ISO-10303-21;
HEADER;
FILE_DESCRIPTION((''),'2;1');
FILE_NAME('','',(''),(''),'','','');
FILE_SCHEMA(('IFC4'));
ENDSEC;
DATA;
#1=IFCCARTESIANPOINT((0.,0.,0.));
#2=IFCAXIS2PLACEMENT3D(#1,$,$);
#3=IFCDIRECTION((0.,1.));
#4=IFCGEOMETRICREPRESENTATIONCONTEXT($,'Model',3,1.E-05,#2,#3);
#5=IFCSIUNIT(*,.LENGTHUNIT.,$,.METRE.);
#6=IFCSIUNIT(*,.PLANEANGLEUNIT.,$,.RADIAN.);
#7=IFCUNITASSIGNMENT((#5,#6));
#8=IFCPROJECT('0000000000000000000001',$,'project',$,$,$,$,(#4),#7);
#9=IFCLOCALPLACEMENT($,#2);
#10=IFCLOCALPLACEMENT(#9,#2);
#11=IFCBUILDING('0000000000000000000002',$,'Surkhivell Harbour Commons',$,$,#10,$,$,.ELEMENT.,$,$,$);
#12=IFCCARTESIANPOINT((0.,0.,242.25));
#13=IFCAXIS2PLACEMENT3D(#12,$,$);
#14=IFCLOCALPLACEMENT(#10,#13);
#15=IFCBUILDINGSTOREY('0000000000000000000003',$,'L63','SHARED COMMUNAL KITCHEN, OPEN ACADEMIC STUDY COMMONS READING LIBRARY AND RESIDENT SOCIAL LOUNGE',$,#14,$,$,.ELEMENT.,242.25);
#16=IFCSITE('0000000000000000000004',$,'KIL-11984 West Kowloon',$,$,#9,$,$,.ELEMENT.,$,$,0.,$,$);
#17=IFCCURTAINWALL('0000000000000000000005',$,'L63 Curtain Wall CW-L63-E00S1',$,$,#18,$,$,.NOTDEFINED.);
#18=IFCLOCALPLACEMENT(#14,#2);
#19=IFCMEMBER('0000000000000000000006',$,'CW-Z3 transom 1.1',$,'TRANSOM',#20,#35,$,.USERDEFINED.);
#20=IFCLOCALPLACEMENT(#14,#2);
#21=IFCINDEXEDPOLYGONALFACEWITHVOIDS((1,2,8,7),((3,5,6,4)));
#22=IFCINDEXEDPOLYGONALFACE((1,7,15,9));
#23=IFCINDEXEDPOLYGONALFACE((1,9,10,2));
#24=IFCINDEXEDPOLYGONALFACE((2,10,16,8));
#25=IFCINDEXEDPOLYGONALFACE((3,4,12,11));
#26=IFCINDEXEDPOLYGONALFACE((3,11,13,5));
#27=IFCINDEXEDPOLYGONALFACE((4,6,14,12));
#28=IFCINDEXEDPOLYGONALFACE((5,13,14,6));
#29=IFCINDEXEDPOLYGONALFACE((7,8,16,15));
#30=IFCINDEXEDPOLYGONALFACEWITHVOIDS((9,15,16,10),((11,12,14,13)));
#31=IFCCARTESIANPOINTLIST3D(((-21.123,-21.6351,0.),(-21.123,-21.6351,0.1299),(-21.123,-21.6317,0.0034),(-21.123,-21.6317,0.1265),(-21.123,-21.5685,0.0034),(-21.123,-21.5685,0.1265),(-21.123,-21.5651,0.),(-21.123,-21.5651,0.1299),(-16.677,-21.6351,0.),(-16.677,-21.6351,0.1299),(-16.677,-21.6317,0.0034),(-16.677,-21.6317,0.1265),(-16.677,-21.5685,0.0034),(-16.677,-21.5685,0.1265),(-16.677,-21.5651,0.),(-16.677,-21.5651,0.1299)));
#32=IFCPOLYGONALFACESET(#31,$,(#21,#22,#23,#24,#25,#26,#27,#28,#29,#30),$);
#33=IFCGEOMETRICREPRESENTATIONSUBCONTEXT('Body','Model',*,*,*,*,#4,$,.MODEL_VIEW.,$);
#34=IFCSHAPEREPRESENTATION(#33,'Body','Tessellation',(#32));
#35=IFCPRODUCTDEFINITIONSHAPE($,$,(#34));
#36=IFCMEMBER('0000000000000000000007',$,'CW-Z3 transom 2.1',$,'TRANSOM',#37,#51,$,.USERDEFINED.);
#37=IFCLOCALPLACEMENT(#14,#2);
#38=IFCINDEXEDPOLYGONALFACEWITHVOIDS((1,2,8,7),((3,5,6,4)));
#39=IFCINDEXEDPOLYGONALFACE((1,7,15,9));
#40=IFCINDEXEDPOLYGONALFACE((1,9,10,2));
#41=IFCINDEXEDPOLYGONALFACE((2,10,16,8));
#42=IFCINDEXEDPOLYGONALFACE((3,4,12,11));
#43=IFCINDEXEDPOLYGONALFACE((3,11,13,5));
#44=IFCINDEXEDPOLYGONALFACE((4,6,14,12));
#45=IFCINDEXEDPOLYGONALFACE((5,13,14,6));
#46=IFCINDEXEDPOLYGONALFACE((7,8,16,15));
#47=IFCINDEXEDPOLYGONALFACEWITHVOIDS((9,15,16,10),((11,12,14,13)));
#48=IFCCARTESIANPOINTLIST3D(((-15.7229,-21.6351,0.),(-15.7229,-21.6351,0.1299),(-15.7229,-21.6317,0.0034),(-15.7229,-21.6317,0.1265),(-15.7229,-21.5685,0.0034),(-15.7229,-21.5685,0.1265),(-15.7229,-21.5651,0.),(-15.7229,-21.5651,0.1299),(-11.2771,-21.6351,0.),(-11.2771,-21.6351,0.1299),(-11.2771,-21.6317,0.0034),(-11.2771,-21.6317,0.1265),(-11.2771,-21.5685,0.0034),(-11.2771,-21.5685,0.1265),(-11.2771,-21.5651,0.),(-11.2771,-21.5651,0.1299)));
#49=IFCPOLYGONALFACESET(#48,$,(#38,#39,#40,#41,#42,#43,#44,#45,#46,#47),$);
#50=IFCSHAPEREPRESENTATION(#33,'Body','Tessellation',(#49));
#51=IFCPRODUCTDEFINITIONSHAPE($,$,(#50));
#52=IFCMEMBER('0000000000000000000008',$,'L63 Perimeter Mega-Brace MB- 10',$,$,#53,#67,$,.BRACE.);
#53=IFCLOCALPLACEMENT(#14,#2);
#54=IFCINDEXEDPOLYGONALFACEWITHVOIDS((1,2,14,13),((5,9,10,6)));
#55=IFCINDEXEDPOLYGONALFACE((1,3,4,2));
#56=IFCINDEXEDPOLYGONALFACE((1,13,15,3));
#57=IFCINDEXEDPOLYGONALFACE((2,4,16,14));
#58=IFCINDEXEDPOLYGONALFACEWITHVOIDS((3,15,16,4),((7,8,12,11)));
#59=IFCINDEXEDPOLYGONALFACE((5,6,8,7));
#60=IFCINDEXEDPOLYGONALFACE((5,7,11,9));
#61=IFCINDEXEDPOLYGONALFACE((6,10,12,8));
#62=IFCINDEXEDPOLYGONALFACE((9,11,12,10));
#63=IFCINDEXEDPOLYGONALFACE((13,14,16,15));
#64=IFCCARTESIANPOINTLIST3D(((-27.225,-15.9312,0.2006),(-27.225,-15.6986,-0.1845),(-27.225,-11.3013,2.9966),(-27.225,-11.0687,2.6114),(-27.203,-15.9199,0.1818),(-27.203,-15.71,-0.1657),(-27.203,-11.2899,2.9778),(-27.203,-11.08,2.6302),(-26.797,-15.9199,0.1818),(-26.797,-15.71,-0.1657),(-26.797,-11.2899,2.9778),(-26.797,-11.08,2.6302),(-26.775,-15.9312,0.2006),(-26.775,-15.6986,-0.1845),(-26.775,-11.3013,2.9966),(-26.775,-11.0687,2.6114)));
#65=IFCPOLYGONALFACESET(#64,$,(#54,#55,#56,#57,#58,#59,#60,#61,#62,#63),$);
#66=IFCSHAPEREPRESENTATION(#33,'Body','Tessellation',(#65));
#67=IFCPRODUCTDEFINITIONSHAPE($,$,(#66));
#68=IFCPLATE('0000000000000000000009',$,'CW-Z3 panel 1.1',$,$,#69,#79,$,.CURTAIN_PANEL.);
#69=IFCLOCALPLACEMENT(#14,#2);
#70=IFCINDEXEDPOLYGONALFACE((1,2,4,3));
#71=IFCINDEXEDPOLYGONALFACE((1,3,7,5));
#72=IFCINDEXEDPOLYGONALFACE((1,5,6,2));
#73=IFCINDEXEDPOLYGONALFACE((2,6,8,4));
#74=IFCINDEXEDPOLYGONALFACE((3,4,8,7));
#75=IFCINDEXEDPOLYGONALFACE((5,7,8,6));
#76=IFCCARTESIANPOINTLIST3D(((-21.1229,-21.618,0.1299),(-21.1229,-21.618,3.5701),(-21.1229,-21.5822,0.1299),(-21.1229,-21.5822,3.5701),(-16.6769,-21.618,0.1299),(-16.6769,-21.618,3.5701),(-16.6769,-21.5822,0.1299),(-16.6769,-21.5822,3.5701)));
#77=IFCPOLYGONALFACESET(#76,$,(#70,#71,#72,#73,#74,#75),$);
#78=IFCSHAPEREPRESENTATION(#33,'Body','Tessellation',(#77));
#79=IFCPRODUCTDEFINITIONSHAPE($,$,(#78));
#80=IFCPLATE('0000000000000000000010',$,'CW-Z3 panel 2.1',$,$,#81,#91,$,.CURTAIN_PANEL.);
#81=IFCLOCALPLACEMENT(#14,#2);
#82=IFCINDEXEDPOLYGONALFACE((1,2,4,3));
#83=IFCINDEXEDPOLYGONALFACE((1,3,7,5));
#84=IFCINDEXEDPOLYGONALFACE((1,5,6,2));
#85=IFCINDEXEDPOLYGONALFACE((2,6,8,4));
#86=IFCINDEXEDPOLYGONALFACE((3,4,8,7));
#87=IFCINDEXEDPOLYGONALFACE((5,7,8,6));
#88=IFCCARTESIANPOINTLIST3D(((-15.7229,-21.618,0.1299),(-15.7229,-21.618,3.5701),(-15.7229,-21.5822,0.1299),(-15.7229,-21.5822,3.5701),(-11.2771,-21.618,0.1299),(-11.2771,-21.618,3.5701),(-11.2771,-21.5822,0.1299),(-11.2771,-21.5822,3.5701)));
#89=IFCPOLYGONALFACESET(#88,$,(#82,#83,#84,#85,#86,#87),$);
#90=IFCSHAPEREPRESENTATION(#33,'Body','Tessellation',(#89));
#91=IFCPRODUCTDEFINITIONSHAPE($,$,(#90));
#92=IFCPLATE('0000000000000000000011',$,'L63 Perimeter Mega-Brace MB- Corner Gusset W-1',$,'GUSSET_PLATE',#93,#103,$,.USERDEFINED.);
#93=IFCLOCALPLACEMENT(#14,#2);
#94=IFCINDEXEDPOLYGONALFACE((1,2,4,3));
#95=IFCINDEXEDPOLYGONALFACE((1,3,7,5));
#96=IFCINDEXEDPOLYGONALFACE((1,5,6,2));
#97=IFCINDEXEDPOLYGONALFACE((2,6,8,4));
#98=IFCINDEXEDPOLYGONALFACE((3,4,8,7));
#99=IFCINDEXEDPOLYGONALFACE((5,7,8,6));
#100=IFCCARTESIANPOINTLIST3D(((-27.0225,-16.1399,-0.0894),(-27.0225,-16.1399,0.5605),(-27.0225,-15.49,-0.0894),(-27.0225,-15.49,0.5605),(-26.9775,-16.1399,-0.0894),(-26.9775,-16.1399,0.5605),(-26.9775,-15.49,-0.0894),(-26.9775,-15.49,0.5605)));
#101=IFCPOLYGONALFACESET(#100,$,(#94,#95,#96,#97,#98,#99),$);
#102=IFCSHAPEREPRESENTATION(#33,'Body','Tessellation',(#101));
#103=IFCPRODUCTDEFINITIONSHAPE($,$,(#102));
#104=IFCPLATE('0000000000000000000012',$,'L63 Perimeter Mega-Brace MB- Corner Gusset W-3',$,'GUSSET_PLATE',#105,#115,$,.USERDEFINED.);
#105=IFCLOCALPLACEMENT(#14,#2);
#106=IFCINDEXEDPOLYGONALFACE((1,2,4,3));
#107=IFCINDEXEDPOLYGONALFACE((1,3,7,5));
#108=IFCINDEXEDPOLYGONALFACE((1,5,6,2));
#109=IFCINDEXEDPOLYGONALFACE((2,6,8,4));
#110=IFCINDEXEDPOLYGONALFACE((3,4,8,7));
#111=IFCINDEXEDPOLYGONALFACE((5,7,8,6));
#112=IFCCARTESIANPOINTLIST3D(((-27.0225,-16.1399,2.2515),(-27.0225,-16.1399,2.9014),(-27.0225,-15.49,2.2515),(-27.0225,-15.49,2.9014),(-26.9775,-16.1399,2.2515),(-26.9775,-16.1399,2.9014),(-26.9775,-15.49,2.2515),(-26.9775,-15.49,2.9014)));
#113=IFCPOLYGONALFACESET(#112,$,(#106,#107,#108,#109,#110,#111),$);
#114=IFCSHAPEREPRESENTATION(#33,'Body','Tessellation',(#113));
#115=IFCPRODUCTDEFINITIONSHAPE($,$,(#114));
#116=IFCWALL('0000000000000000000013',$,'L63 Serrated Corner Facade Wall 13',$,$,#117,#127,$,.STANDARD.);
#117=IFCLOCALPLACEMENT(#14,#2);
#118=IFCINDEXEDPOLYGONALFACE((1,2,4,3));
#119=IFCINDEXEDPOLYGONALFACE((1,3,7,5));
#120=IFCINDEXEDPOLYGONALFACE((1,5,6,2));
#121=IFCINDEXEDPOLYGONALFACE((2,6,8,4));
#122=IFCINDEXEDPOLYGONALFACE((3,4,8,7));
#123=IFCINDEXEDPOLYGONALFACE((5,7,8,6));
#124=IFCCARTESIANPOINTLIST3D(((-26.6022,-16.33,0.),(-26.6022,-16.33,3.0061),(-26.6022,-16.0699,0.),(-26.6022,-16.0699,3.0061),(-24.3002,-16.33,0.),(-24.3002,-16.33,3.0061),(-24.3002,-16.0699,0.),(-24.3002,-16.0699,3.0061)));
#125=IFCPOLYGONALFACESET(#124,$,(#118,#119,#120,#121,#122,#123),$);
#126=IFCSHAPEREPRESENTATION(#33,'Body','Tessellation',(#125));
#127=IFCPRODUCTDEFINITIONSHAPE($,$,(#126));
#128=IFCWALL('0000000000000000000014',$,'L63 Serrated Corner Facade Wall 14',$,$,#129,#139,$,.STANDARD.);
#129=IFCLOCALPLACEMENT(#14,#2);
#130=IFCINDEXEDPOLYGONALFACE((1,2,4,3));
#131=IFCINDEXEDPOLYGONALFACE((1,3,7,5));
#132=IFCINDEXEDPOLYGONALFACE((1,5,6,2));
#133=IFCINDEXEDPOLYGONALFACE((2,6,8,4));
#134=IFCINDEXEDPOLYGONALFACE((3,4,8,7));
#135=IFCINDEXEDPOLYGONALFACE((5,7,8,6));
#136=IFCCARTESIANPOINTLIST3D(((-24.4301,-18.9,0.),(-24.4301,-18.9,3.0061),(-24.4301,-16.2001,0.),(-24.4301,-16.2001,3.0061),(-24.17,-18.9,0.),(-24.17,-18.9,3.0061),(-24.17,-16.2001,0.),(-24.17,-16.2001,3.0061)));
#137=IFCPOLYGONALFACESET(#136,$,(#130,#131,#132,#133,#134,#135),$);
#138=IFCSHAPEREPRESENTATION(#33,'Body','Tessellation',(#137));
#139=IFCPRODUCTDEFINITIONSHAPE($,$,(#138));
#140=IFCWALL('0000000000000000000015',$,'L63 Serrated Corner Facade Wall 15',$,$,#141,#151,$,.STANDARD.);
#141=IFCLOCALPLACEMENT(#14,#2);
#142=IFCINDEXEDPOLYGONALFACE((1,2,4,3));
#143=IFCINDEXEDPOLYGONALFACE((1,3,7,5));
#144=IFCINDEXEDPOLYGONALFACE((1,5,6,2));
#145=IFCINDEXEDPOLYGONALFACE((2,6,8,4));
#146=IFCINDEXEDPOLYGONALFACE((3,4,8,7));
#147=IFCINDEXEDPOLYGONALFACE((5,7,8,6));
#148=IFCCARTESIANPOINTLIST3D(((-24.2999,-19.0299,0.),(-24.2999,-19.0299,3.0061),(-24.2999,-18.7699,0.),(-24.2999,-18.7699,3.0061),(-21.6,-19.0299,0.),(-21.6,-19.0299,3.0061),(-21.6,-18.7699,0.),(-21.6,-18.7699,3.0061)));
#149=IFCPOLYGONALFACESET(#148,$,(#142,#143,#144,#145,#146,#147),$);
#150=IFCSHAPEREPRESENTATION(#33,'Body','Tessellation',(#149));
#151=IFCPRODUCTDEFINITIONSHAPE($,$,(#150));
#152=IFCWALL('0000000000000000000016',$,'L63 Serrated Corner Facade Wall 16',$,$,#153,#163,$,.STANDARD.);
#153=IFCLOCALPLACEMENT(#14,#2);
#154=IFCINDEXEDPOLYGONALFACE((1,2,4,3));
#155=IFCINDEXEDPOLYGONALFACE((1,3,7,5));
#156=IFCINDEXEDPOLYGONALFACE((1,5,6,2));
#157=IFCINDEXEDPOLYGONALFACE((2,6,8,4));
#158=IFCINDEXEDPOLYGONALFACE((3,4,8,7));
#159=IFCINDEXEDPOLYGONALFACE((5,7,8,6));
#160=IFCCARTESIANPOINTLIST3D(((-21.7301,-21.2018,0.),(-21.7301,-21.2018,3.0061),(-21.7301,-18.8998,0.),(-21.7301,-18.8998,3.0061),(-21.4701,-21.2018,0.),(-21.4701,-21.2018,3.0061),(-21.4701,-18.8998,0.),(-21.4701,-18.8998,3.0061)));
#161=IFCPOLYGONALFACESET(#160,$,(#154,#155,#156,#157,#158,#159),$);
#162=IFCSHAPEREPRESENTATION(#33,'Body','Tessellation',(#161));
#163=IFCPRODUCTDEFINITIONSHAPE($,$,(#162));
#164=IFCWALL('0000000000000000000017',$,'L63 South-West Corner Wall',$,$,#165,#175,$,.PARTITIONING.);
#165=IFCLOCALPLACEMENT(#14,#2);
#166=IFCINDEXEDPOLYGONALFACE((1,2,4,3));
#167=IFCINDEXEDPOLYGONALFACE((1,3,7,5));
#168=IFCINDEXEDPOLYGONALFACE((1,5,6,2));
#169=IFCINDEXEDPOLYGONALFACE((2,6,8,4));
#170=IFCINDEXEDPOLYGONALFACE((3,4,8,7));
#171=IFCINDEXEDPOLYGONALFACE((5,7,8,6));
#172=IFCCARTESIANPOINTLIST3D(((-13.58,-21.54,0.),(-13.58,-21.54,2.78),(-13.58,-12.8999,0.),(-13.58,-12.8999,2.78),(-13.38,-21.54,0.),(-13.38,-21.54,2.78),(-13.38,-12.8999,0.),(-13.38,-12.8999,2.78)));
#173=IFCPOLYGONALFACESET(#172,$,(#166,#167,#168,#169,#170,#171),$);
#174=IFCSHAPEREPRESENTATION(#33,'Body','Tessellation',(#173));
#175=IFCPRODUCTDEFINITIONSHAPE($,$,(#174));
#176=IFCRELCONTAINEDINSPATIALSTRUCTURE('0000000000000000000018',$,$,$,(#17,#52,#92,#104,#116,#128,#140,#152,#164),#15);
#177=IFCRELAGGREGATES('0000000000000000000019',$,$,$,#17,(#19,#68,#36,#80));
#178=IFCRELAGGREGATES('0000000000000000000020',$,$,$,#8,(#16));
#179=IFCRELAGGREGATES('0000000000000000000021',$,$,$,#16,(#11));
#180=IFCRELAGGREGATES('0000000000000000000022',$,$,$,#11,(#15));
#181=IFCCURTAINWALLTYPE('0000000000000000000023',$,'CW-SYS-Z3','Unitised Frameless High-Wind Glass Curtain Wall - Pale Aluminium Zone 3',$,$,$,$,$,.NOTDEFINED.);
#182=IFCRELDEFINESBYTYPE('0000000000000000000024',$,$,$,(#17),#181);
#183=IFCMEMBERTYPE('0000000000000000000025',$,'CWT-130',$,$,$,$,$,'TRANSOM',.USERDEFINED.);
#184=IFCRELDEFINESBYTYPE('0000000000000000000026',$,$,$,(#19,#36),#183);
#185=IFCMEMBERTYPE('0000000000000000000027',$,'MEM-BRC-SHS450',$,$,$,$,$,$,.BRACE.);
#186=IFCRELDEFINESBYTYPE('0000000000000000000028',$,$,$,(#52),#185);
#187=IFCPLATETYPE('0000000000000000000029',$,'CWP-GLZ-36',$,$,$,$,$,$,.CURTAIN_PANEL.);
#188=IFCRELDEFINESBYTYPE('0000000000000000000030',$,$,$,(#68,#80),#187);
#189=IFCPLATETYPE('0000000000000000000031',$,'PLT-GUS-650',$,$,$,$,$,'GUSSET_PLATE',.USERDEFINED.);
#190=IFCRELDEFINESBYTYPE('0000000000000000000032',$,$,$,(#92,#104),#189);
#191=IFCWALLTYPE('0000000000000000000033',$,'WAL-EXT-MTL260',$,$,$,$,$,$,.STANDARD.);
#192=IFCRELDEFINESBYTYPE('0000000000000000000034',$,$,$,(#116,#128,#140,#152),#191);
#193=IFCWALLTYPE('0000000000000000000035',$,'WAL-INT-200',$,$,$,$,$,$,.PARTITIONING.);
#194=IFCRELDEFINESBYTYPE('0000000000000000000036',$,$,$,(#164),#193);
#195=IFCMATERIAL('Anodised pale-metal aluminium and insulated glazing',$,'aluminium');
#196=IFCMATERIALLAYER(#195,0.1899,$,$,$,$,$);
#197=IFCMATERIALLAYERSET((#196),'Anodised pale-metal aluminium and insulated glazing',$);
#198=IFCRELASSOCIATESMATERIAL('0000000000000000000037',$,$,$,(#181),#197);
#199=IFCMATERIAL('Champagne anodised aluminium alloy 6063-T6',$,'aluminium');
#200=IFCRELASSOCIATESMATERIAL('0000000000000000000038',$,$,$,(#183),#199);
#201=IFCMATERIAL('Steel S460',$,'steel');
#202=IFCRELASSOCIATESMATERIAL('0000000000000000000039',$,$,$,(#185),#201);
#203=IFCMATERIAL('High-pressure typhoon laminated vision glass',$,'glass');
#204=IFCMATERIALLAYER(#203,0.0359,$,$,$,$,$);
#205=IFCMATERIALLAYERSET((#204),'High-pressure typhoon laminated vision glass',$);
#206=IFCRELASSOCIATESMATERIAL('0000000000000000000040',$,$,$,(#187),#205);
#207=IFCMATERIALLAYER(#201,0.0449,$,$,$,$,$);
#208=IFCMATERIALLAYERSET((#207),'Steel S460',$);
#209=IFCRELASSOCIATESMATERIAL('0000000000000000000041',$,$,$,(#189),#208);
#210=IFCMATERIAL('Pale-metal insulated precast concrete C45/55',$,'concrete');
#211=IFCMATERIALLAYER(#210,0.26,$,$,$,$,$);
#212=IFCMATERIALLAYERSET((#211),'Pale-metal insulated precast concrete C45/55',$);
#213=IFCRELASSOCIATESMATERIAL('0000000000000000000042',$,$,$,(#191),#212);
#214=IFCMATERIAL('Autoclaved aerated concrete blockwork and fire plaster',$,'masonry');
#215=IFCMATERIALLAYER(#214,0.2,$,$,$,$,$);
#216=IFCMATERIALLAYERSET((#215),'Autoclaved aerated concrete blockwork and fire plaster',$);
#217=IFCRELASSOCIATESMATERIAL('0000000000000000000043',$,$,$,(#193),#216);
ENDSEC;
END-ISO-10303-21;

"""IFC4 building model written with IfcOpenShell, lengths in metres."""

from ifc_helpers import new_model, si_unit, direction, frame, frame_2d, origin, origin_2d, place, context, subcontext, project, spatial, rectangle, hollow_rectangle, extrude, material, layer, layer_set, material_profile, profile_set, type_object, element, aggregate, save


model = new_model("IFC4")

# Units and contexts
model_context = context("Model", 3, precision=1e-05, world=origin(), true_north=direction((0.0, 1.0)))
body_context = subcontext(model_context, "Body", "Model", "MODEL_VIEW")
ifc_project = project(units=[si_unit("LENGTHUNIT", "METRE"), si_unit("PLANEANGLEUNIT", "RADIAN")], contexts=[model_context])

# Site, building, storey
site_placement = place(None, origin())
site = spatial("IfcSite", under=ifc_project, at=site_placement, Name="KIL-11984 West Kowloon", CompositionType="ELEMENT", RefElevation=0.0)
building_placement = place(site_placement, origin())
building = spatial("IfcBuilding", under=site, at=building_placement, Name="Surkhivell Harbour Commons", CompositionType="ELEMENT")
storey_placement = place(building_placement, frame((0.0, 0.0, 242.25)))
storey = spatial("IfcBuildingStorey", under=building, at=storey_placement, Name="L63", Description="SHARED COMMUNAL KITCHEN, OPEN ACADEMIC STUDY COMMONS READING LIBRARY AND RESIDENT SOCIAL LOUNGE", CompositionType="ELEMENT", Elevation=242.25)

# Curtain wall, members
ifc_material_1 = material(Name="Anodised pale-metal aluminium and insulated glazing", Category="aluminium")
ifc_layer_1 = layer(ifc_material_1, 0.1899)
ifc_layer_set_1 = layer_set([ifc_layer_1], Name="Anodised pale-metal aluminium and insulated glazing")
curtain_wall_type = type_object("IfcCurtainWallType", Name="CW-SYS-Z3", Description="Unitised Frameless High-Wind Glass Curtain Wall - Pale Aluminium Zone 3", PredefinedType="NOTDEFINED", material=ifc_layer_set_1)
curtain_wall_placement = place(storey_placement, origin())
curtain_wall = element("IfcCurtainWall", 1, at=curtain_wall_placement, inside=storey, type_object=curtain_wall_type, Name="L63 Curtain Wall CW-L63-E00S1", PredefinedType="NOTDEFINED")
ifc_material_2 = material(Name="Champagne anodised aluminium alloy 6063-T6", Category="aluminium")
ifc_material_profile_1 = material_profile(ifc_material_2, hollow_rectangle(XDim=0.0701, YDim=0.1299, WallThickness=0.0034, at=origin_2d()), Name="ALU-TRAN-70x130")
ifc_profile_set_1 = profile_set([ifc_material_profile_1], Name="Champagne anodised aluminium alloy 6063-T6")
member_type_1 = type_object("IfcMemberType", Name="CWT-130", ElementType="TRANSOM", PredefinedType="USERDEFINED", material=ifc_profile_set_1)
member_1_placement = place(storey_placement, frame((-21.123, -21.6001, 0.0649), z_axis=(1.0, 0.0, 0.0), x_axis=(0.0, 1.0, 0.0)))
member_1 = element("IfcMember", 2, at=member_1_placement, type_object=member_type_1, Name="CW-Z3 transom 1.1", ObjectType="TRANSOM", PredefinedType="USERDEFINED", context=body_context, shape_type="SweptSolid", body=[
    extrude(hollow_rectangle(XDim=0.0701, YDim=0.1299, WallThickness=0.0034, at=origin_2d()), origin(), (0.0, 0.0, 1.0), 4.446),
])
member_2_placement = place(storey_placement, frame((-15.7229, -21.6001, 0.0649), z_axis=(1.0, 0.0, 0.0), x_axis=(0.0, 1.0, 0.0)))
member_2 = element("IfcMember", 3, at=member_2_placement, type_object=member_type_1, Name="CW-Z3 transom 2.1", ObjectType="TRANSOM", PredefinedType="USERDEFINED", context=body_context, shape_type="SweptSolid", body=[
    extrude(hollow_rectangle(XDim=0.0701, YDim=0.1299, WallThickness=0.0034, at=origin_2d()), origin(), (0.0, 0.0, 1.0), 4.4458),
])

# Member
ifc_material_3 = material(Name="Steel S460", Category="steel")
ifc_material_profile_2 = material_profile(ifc_material_3, hollow_rectangle(XDim=0.45, YDim=0.45, WallThickness=0.022, at=origin_2d()), Name="SHS450x450x22")
ifc_profile_set_2 = profile_set([ifc_material_profile_2], Name="Steel S460")
member_type_2 = type_object("IfcMemberType", Name="MEM-BRC-SHS450", PredefinedType="BRACE", material=ifc_profile_set_2)
member_3_placement = place(storey_placement, frame((-27.0, -15.8149, 0.0081), z_axis=(0.0, 0.856024, 0.516937), x_axis=(-1.0, 0.0, 0.0)))
element("IfcMember", 4, at=member_3_placement, inside=storey, type_object=member_type_2, Name="L63 Perimeter Mega-Brace MB- 10", PredefinedType="BRACE", context=body_context, shape_type="SweptSolid", body=[
    extrude(hollow_rectangle(XDim=0.45, YDim=0.45, WallThickness=0.022, at=origin_2d()), origin(), (0.0, 0.0, 1.0), 5.4087),
])

# Plates
ifc_material_4 = material(Name="High-pressure typhoon laminated vision glass", Category="glass")
ifc_layer_2 = layer(ifc_material_4, 0.0359)
ifc_layer_set_2 = layer_set([ifc_layer_2], Name="High-pressure typhoon laminated vision glass")
plate_type_1 = type_object("IfcPlateType", Name="CWP-GLZ-36", PredefinedType="CURTAIN_PANEL", material=ifc_layer_set_2)
plate_1_placement = place(storey_placement, frame((-21.123, -21.6001, 0.1299), z_axis=(0.0, 0.0, 1.0), x_axis=(1.0, 0.0, 0.0)))
plate_1 = element("IfcPlate", 5, at=plate_1_placement, type_object=plate_type_1, Name="CW-Z3 panel 1.1", PredefinedType="CURTAIN_PANEL", context=body_context, shape_type="SweptSolid", body=[
    extrude(rectangle(XDim=4.446, YDim=0.0359, at=frame_2d((2.2231, 0.0))), origin(), (0.0, 0.0, 1.0), 3.4402),
])
plate_2_placement = place(storey_placement, frame((-15.7229, -21.6001, 0.1299), z_axis=(0.0, 0.0, 1.0), x_axis=(1.0, 0.0, 0.0)))
plate_2 = element("IfcPlate", 6, at=plate_2_placement, type_object=plate_type_1, Name="CW-Z3 panel 2.1", PredefinedType="CURTAIN_PANEL", context=body_context, shape_type="SweptSolid", body=[
    extrude(rectangle(XDim=4.4458, YDim=0.0359, at=frame_2d((2.2229, 0.0))), origin(), (0.0, 0.0, 1.0), 3.4402),
])
aggregate(curtain_wall, [member_1, plate_1, member_2, plate_2])

# Plates
ifc_layer_3 = layer(ifc_material_3, 0.0449)
ifc_layer_set_3 = layer_set([ifc_layer_3], Name="Steel S460")
plate_type_2 = type_object("IfcPlateType", Name="PLT-GUS-650", ElementType="GUSSET_PLATE", PredefinedType="USERDEFINED", material=ifc_layer_set_3)
for number, where, z_axis, x_axis, name in (
    (7, (-27.0, -15.8149, -0.0894), (0.0, 0.0, 1.0), (0.0, 1.0, 0.0), "L63 Perimeter Mega-Brace MB- Corner Gusset W-1"),
    (8, (-27.0, -15.8149, 2.2515), (0.0, 0.0, 1.0), (0.0, 1.0, 0.0), "L63 Perimeter Mega-Brace MB- Corner Gusset W-3"),
):
    element("IfcPlate", number, at=place(storey_placement, frame(where, z_axis=z_axis, x_axis=x_axis)), inside=storey, type_object=plate_type_2, Name=name, ObjectType="GUSSET_PLATE", PredefinedType="USERDEFINED", context=body_context, shape_type="SweptSolid", body=[
        extrude(rectangle(XDim=0.6499, YDim=0.0449, at=origin_2d()), origin(), (0.0, 0.0, 1.0), 0.6499),
    ])

# Walls
ifc_material_5 = material(Name="Pale-metal insulated precast concrete C45/55", Category="concrete")
ifc_layer_4 = layer(ifc_material_5, 0.26)
ifc_layer_set_4 = layer_set([ifc_layer_4], Name="Pale-metal insulated precast concrete C45/55")
wall_type_1 = type_object("IfcWallType", Name="WAL-EXT-MTL260", PredefinedType="STANDARD", material=ifc_layer_set_4)
wall_1_placement = place(storey_placement, frame((-26.6021, -16.2, 0.0), z_axis=(0.0, 0.0, 1.0), x_axis=(1.0, 0.0, 0.0)))
element("IfcWall", 9, at=wall_1_placement, inside=storey, type_object=wall_type_1, Name="L63 Serrated Corner Facade Wall 13", PredefinedType="STANDARD", context=body_context, shape_type="SweptSolid", body=[
    extrude(rectangle(XDim=2.302, YDim=0.26, at=frame_2d((1.1509, 0.0))), origin(), (0.0, 0.0, 1.0), 3.0061),
])
for number, where, z_axis, x_axis, name in (
    (10, (-24.3, -16.2, 0.0), (0.0, 0.0, 1.0), (0.0, -1.0, 0.0), "L63 Serrated Corner Facade Wall 14"),
    (11, (-24.3, -18.8999, 0.0), (0.0, 0.0, 1.0), (1.0, 0.0, 0.0), "L63 Serrated Corner Facade Wall 15"),
):
    element("IfcWall", number, at=place(storey_placement, frame(where, z_axis=z_axis, x_axis=x_axis)), inside=storey, type_object=wall_type_1, Name=name, PredefinedType="STANDARD", context=body_context, shape_type="SweptSolid", body=[
        extrude(rectangle(XDim=2.7, YDim=0.26, at=frame_2d((1.3501, 0.0))), origin(), (0.0, 0.0, 1.0), 3.0061),
    ])
wall_2_placement = place(storey_placement, frame((-21.6001, -18.8999, 0.0), z_axis=(0.0, 0.0, 1.0), x_axis=(0.0, -1.0, 0.0)))
element("IfcWall", 12, at=wall_2_placement, inside=storey, type_object=wall_type_1, Name="L63 Serrated Corner Facade Wall 16", PredefinedType="STANDARD", context=body_context, shape_type="SweptSolid", body=[
    extrude(rectangle(XDim=2.302, YDim=0.26, at=frame_2d((1.1509, 0.0))), origin(), (0.0, 0.0, 1.0), 3.0061),
])
ifc_material_6 = material(Name="Autoclaved aerated concrete blockwork and fire plaster", Category="masonry")
ifc_layer_5 = layer(ifc_material_6, 0.2)
ifc_layer_set_5 = layer_set([ifc_layer_5], Name="Autoclaved aerated concrete blockwork and fire plaster")
wall_type_2 = type_object("IfcWallType", Name="WAL-INT-200", PredefinedType="PARTITIONING", material=ifc_layer_set_5)
wall_3_placement = place(storey_placement, frame((-13.48, -21.54, 0.0), z_axis=(0.0, 0.0, 1.0), x_axis=(0.0, 1.0, 0.0)))
element("IfcWall", 13, at=wall_3_placement, inside=storey, type_object=wall_type_2, Name="L63 South-West Corner Wall", PredefinedType="PARTITIONING", context=body_context, shape_type="SweptSolid", body=[
    extrude(rectangle(XDim=8.6401, YDim=0.2, at=frame_2d((4.3201, 0.0))), origin(), (0.0, 0.0, 1.0), 2.78),
])

save(model, "model.ifc")
